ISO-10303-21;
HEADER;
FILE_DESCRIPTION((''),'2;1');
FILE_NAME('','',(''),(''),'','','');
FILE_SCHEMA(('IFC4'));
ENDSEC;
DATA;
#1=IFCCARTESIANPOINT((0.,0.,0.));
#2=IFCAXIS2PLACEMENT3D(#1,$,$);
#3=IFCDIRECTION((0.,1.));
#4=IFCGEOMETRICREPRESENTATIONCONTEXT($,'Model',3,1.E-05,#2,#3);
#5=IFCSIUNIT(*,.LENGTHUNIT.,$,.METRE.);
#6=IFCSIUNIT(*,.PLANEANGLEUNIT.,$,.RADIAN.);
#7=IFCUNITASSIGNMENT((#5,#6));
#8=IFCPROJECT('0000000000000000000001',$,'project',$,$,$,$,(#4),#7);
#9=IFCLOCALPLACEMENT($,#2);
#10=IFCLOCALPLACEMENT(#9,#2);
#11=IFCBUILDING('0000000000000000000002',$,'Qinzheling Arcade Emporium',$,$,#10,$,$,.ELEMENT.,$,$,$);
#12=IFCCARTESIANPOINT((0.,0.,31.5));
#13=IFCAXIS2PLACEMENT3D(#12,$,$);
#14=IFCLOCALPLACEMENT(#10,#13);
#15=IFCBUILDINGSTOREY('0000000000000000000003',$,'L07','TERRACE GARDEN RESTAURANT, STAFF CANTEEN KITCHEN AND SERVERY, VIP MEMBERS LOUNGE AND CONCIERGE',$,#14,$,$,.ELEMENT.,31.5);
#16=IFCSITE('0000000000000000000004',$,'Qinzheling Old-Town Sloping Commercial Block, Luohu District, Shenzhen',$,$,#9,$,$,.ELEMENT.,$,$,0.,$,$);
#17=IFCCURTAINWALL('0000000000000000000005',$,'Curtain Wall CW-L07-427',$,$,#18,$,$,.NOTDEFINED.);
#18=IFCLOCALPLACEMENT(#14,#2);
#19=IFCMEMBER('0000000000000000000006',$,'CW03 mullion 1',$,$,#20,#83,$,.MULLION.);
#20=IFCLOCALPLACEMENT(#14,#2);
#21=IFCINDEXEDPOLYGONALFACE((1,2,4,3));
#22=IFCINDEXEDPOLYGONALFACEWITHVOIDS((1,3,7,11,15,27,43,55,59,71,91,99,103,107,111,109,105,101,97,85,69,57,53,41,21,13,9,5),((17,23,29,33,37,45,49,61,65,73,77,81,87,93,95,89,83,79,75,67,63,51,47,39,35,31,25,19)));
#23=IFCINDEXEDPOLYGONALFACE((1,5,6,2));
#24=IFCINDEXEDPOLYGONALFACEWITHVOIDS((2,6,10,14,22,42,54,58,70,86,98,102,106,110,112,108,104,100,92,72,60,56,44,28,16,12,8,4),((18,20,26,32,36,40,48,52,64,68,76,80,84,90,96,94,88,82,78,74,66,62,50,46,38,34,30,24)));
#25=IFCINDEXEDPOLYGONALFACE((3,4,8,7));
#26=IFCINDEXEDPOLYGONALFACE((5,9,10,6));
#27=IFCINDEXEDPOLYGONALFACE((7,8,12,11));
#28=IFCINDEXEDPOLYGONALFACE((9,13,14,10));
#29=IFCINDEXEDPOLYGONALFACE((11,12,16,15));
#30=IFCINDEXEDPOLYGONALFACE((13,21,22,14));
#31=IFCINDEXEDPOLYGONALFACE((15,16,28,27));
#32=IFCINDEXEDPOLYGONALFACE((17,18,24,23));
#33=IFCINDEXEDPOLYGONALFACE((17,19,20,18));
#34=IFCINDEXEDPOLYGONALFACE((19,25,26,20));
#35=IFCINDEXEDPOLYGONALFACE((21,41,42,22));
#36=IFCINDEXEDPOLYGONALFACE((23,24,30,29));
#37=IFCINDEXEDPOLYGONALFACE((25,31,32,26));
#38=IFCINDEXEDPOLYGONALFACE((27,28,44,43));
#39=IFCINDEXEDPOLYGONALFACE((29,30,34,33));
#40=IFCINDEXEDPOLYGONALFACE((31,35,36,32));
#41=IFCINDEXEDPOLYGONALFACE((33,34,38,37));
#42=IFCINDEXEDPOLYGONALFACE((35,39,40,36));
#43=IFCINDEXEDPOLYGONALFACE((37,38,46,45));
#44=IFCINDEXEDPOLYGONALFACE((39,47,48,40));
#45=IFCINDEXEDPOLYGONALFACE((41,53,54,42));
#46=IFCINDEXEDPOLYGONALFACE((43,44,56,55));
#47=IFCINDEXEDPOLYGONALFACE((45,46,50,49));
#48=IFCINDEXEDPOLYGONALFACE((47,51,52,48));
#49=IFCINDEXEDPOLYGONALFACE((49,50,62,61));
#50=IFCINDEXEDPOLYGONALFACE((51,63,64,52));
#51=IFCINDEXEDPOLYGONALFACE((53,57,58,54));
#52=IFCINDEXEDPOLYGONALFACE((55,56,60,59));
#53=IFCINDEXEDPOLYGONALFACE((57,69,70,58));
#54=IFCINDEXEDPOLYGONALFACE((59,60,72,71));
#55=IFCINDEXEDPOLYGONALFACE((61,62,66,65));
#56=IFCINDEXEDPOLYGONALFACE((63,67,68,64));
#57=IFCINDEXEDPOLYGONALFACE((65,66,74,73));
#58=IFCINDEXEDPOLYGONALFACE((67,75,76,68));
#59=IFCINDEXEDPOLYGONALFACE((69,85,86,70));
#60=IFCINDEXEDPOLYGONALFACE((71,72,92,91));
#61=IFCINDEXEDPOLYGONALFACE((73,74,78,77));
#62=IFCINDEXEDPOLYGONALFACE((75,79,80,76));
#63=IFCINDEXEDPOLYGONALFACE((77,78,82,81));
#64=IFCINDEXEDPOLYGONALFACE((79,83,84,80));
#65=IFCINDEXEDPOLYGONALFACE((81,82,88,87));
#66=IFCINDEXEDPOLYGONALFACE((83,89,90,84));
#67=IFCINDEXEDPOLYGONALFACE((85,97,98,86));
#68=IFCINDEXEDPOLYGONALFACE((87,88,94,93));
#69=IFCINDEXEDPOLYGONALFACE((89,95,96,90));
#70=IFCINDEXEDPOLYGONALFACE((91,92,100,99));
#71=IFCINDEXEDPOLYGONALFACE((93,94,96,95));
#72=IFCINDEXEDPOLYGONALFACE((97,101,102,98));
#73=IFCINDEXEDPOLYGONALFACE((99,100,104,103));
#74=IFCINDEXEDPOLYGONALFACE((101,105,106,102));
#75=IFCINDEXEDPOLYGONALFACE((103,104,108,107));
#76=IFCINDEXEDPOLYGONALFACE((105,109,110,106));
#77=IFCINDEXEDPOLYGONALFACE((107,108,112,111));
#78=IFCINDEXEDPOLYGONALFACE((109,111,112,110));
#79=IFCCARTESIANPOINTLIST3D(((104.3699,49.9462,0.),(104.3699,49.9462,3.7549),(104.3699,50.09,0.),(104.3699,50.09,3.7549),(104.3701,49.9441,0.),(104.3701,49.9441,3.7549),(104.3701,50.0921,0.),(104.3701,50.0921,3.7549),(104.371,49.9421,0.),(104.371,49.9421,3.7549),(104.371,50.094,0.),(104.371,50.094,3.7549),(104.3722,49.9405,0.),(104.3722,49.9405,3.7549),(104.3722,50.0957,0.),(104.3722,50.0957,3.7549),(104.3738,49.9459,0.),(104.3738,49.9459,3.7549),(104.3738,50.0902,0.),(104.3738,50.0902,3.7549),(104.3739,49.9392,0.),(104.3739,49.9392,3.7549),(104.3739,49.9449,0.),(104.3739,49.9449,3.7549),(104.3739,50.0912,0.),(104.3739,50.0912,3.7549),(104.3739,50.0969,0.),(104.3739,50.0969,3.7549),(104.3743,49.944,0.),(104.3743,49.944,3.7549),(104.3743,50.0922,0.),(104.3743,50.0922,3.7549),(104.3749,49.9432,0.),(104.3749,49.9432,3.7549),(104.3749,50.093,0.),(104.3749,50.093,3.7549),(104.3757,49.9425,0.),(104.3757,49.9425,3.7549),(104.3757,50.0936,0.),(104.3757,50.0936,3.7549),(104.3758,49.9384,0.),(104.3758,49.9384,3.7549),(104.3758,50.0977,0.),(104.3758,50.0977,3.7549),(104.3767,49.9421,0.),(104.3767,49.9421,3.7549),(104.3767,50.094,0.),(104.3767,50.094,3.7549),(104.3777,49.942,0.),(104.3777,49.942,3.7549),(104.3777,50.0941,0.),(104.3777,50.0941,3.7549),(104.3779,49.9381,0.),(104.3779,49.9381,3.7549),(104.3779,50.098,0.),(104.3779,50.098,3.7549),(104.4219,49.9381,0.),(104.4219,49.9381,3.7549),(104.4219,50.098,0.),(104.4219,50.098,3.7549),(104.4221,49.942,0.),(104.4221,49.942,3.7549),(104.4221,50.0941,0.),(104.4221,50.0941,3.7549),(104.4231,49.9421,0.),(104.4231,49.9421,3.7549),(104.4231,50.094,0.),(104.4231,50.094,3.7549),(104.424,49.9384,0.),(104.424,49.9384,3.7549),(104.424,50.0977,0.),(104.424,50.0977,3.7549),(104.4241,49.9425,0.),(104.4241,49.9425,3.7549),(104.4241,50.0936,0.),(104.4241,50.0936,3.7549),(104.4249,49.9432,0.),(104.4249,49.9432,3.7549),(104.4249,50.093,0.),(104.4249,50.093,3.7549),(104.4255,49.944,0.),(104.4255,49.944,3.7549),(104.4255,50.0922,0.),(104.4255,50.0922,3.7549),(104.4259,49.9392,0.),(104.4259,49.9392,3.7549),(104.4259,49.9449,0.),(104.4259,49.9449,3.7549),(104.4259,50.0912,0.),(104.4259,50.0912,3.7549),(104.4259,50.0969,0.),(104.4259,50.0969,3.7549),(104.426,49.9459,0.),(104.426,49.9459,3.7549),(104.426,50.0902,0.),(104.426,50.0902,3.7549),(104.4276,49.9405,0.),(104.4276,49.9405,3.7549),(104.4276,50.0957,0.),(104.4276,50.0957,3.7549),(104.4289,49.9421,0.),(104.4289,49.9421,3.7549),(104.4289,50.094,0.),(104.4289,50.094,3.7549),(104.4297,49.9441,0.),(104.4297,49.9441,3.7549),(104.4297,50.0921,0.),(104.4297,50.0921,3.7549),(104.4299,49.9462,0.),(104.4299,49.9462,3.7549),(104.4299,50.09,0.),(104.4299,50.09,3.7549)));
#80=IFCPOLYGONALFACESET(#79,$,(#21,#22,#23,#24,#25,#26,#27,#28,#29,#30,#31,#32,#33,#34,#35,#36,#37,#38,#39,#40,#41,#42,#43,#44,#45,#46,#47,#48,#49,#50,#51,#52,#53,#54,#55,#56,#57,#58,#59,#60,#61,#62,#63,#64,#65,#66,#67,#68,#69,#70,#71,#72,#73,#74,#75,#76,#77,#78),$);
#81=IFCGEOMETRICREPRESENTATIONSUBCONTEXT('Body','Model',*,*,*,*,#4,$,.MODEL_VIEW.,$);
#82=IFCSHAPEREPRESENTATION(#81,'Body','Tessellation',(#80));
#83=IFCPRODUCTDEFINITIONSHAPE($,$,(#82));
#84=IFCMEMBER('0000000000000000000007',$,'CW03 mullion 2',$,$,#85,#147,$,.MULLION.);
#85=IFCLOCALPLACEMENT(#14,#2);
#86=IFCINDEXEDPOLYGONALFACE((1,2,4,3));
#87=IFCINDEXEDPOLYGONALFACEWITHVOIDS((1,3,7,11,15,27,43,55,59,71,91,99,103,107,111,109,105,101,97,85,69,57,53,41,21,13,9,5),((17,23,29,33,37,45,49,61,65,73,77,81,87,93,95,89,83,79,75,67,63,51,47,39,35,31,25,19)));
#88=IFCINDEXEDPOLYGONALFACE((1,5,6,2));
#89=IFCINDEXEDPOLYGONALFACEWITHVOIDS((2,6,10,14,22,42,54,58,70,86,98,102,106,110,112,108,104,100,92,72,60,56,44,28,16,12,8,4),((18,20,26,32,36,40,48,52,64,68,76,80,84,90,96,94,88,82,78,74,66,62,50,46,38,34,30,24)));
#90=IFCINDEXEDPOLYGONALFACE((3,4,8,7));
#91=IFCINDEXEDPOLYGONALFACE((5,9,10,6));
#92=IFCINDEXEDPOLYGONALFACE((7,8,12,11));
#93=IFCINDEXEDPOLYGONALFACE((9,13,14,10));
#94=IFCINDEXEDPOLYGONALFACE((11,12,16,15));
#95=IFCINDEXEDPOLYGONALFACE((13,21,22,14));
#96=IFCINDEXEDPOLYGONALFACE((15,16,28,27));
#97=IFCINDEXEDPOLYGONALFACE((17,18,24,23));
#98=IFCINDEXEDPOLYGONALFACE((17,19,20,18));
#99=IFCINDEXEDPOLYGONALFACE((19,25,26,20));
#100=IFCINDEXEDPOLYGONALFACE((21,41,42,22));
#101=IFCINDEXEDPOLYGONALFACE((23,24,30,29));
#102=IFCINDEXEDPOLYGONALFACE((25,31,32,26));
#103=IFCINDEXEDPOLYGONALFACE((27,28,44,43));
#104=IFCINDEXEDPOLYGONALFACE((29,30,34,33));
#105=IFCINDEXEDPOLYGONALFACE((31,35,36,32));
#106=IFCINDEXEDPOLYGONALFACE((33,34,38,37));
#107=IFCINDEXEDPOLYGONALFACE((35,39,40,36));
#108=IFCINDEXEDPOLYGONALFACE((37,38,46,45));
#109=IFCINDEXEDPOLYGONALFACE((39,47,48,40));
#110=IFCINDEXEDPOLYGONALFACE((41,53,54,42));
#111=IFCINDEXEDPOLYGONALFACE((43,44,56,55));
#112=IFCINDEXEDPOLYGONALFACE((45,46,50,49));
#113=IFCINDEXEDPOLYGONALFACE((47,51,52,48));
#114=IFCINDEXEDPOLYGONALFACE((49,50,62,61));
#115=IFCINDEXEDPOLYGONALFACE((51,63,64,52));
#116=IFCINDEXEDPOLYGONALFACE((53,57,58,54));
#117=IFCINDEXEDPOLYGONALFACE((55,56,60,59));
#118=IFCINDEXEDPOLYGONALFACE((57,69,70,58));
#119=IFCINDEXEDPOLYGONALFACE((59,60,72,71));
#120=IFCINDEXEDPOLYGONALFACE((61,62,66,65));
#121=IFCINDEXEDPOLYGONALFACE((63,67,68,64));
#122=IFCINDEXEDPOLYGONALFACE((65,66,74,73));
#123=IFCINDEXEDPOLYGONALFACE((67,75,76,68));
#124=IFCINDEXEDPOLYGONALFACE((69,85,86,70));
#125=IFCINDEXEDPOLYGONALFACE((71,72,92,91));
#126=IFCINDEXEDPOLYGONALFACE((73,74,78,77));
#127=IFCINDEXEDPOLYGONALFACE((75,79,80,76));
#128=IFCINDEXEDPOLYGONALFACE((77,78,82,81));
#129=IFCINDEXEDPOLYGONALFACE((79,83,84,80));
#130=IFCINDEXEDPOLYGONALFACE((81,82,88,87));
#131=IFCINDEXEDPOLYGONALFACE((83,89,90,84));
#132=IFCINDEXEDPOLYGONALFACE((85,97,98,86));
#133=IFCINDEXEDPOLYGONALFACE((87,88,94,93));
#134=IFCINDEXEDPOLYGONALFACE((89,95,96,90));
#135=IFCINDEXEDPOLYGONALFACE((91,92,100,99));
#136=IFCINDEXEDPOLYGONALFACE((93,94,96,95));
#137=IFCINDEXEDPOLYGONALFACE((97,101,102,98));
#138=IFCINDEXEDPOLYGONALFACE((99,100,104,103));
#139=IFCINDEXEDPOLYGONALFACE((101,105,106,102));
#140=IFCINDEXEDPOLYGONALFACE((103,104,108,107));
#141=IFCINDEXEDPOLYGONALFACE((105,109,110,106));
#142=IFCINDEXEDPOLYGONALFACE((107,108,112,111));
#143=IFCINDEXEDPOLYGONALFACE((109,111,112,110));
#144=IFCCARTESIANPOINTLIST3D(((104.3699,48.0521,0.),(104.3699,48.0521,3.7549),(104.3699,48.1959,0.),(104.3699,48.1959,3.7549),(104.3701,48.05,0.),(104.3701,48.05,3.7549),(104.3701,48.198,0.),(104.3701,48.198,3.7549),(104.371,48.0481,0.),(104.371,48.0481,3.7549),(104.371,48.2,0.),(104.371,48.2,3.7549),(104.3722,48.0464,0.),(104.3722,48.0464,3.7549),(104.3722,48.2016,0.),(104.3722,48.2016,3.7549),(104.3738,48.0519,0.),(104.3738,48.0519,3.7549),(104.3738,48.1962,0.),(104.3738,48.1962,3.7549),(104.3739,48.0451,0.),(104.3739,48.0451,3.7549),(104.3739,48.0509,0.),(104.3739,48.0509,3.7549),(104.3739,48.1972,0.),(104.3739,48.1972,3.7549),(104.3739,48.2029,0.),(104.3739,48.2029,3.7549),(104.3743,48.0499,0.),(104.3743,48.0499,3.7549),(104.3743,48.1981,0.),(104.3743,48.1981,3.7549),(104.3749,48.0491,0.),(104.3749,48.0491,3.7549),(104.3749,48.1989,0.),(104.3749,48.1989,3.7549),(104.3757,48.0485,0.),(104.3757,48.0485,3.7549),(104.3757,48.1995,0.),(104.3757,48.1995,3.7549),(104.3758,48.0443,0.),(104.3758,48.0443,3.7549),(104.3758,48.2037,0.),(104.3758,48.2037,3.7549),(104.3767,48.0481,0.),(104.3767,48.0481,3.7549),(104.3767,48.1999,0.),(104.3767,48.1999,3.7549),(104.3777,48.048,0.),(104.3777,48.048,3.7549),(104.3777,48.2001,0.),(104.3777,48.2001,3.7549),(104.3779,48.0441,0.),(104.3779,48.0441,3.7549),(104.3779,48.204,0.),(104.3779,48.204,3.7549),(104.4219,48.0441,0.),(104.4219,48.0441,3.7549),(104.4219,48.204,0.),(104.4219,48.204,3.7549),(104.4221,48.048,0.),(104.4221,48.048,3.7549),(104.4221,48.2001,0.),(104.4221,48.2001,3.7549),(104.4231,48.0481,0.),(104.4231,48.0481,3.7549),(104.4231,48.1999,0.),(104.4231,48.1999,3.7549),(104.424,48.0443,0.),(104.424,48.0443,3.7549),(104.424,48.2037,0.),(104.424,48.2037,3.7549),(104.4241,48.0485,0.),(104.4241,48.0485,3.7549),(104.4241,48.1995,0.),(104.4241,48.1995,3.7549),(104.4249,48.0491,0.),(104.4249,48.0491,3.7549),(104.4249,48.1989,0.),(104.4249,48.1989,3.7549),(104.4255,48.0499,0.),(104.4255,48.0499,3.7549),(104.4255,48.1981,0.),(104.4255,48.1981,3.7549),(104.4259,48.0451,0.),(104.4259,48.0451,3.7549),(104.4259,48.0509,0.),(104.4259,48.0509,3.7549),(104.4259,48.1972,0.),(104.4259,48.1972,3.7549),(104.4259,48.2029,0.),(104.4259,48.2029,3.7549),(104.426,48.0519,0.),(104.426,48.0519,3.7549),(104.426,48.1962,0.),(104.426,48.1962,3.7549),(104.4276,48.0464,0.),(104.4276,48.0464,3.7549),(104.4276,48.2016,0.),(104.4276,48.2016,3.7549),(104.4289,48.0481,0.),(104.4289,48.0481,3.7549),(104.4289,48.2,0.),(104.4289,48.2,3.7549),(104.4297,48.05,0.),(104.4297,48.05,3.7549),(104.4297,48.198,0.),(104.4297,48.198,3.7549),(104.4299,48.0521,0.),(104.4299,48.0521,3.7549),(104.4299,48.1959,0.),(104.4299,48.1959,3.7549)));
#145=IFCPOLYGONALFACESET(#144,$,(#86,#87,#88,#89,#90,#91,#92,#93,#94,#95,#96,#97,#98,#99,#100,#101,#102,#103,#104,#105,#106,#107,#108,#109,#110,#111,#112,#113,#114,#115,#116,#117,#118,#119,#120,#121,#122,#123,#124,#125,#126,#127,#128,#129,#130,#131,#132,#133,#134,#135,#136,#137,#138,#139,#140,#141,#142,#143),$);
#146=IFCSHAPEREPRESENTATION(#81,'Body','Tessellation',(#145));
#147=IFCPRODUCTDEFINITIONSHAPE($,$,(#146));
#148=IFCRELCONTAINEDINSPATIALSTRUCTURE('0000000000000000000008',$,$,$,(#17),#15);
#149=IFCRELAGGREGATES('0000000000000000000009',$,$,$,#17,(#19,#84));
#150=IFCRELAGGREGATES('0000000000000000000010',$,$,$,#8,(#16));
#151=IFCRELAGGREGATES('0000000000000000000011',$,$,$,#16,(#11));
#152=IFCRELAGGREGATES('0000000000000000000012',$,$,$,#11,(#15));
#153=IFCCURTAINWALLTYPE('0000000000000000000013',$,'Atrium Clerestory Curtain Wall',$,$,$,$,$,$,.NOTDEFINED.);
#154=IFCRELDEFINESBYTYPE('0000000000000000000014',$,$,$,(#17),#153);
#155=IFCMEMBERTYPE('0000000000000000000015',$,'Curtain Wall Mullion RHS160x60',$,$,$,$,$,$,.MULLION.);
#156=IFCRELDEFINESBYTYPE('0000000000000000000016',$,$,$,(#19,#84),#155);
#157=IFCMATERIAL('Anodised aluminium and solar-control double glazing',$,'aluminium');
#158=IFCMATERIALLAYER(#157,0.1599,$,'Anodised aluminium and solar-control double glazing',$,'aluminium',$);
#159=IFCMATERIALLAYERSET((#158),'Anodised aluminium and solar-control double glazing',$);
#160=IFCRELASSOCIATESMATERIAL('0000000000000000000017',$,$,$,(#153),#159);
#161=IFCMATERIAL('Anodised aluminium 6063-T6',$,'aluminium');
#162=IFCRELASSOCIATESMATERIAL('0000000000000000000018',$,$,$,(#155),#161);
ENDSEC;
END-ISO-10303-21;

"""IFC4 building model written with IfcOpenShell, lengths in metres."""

from ifc_helpers import new_model, si_unit, direction, frame, origin, origin_2d, place, context, subcontext, project, spatial, hollow_rectangle, extrude, material, layer, layer_set, material_profile, profile_set, type_object, element, aggregate, save


model = new_model("IFC4")

# Units and contexts
model_context = context("Model", 3, precision=1e-05, world=origin(), true_north=direction((0.0, 1.0)))
body_context = subcontext(model_context, "Body", "Model", "MODEL_VIEW")
ifc_project = project(units=[si_unit("LENGTHUNIT", "METRE"), si_unit("PLANEANGLEUNIT", "RADIAN")], contexts=[model_context])

# Site, building, storey
site_placement = place(None, origin())
site = spatial("IfcSite", under=ifc_project, at=site_placement, Name="Qinzheling Old-Town Sloping Commercial Block, Luohu District, Shenzhen", CompositionType="ELEMENT", RefElevation=0.0)
building_placement = place(site_placement, origin())
building = spatial("IfcBuilding", under=site, at=building_placement, Name="Qinzheling Arcade Emporium", CompositionType="ELEMENT")
storey_placement = place(building_placement, frame((0.0, 0.0, 31.5)))
storey = spatial("IfcBuildingStorey", under=building, at=storey_placement, Name="L07", Description="TERRACE GARDEN RESTAURANT, STAFF CANTEEN KITCHEN AND SERVERY, VIP MEMBERS LOUNGE AND CONCIERGE", CompositionType="ELEMENT", Elevation=31.5)

# Shared definitions
ifc_material_1 = material(Name="Anodised aluminium and solar-control double glazing", Category="aluminium")
ifc_layer_1 = layer(ifc_material_1, 0.1599, Name="Anodised aluminium and solar-control double glazing", Category="aluminium")
ifc_layer_set_1 = layer_set([ifc_layer_1], Name="Anodised aluminium and solar-control double glazing")
curtain_wall_type = type_object("IfcCurtainWallType", Name="Atrium Clerestory Curtain Wall", PredefinedType="NOTDEFINED", material=ifc_layer_set_1)
ifc_material_2 = material(Name="Anodised aluminium 6063-T6", Category="aluminium")
ifc_material_profile_1 = material_profile(ifc_material_2, hollow_rectangle(XDim=0.0601, YDim=0.1599, WallThickness=0.0039, InnerFilletRadius=0.0039, OuterFilletRadius=0.0081, at=origin_2d()), Name="RHS 160x60x4", Category="aluminium")
ifc_profile_set_1 = profile_set([ifc_material_profile_1], Name="Anodised aluminium 6063-T6")
member_type_1 = type_object("IfcMemberType", Name="Curtain Wall Mullion RHS160x60", PredefinedType="MULLION", material=ifc_profile_set_1)

# Curtain wall, members
curtain_wall_1_placement = place(storey_placement, origin())
curtain_wall_1 = element("IfcCurtainWall", 1, at=curtain_wall_1_placement, inside=storey, type_object=curtain_wall_type, Name="Curtain Wall CW-L07-427", PredefinedType="NOTDEFINED")
member_1_placement = place(storey_placement, frame((104.3999, 50.0181, 0.0), z_axis=(0.0, 0.0, 1.0), x_axis=(1.0, 0.0, 0.0)))
member_1 = element("IfcMember", 2, at=member_1_placement, type_object=member_type_1, Name="CW03 mullion 1", PredefinedType="MULLION", context=body_context, shape_type="SweptSolid", body=[
    extrude(hollow_rectangle(XDim=0.0601, YDim=0.1599, WallThickness=0.0039, InnerFilletRadius=0.0039, OuterFilletRadius=0.0081, at=origin_2d()), origin(), (0.0, 0.0, 1.0), 3.7549),
])
member_2_placement = place(storey_placement, frame((104.3999, 48.124, 0.0), z_axis=(0.0, 0.0, 1.0), x_axis=(1.0, 0.0, 0.0)))
member_2 = element("IfcMember", 3, at=member_2_placement, type_object=member_type_1, Name="CW03 mullion 2", PredefinedType="MULLION", context=body_context, shape_type="SweptSolid", body=[
    extrude(hollow_rectangle(XDim=0.0601, YDim=0.1599, WallThickness=0.0039, InnerFilletRadius=0.0039, OuterFilletRadius=0.0081, at=origin_2d()), origin(), (0.0, 0.0, 1.0), 3.7549),
])

aggregate(curtain_wall_1, [member_1, member_2])

save(model, "model.ifc")
